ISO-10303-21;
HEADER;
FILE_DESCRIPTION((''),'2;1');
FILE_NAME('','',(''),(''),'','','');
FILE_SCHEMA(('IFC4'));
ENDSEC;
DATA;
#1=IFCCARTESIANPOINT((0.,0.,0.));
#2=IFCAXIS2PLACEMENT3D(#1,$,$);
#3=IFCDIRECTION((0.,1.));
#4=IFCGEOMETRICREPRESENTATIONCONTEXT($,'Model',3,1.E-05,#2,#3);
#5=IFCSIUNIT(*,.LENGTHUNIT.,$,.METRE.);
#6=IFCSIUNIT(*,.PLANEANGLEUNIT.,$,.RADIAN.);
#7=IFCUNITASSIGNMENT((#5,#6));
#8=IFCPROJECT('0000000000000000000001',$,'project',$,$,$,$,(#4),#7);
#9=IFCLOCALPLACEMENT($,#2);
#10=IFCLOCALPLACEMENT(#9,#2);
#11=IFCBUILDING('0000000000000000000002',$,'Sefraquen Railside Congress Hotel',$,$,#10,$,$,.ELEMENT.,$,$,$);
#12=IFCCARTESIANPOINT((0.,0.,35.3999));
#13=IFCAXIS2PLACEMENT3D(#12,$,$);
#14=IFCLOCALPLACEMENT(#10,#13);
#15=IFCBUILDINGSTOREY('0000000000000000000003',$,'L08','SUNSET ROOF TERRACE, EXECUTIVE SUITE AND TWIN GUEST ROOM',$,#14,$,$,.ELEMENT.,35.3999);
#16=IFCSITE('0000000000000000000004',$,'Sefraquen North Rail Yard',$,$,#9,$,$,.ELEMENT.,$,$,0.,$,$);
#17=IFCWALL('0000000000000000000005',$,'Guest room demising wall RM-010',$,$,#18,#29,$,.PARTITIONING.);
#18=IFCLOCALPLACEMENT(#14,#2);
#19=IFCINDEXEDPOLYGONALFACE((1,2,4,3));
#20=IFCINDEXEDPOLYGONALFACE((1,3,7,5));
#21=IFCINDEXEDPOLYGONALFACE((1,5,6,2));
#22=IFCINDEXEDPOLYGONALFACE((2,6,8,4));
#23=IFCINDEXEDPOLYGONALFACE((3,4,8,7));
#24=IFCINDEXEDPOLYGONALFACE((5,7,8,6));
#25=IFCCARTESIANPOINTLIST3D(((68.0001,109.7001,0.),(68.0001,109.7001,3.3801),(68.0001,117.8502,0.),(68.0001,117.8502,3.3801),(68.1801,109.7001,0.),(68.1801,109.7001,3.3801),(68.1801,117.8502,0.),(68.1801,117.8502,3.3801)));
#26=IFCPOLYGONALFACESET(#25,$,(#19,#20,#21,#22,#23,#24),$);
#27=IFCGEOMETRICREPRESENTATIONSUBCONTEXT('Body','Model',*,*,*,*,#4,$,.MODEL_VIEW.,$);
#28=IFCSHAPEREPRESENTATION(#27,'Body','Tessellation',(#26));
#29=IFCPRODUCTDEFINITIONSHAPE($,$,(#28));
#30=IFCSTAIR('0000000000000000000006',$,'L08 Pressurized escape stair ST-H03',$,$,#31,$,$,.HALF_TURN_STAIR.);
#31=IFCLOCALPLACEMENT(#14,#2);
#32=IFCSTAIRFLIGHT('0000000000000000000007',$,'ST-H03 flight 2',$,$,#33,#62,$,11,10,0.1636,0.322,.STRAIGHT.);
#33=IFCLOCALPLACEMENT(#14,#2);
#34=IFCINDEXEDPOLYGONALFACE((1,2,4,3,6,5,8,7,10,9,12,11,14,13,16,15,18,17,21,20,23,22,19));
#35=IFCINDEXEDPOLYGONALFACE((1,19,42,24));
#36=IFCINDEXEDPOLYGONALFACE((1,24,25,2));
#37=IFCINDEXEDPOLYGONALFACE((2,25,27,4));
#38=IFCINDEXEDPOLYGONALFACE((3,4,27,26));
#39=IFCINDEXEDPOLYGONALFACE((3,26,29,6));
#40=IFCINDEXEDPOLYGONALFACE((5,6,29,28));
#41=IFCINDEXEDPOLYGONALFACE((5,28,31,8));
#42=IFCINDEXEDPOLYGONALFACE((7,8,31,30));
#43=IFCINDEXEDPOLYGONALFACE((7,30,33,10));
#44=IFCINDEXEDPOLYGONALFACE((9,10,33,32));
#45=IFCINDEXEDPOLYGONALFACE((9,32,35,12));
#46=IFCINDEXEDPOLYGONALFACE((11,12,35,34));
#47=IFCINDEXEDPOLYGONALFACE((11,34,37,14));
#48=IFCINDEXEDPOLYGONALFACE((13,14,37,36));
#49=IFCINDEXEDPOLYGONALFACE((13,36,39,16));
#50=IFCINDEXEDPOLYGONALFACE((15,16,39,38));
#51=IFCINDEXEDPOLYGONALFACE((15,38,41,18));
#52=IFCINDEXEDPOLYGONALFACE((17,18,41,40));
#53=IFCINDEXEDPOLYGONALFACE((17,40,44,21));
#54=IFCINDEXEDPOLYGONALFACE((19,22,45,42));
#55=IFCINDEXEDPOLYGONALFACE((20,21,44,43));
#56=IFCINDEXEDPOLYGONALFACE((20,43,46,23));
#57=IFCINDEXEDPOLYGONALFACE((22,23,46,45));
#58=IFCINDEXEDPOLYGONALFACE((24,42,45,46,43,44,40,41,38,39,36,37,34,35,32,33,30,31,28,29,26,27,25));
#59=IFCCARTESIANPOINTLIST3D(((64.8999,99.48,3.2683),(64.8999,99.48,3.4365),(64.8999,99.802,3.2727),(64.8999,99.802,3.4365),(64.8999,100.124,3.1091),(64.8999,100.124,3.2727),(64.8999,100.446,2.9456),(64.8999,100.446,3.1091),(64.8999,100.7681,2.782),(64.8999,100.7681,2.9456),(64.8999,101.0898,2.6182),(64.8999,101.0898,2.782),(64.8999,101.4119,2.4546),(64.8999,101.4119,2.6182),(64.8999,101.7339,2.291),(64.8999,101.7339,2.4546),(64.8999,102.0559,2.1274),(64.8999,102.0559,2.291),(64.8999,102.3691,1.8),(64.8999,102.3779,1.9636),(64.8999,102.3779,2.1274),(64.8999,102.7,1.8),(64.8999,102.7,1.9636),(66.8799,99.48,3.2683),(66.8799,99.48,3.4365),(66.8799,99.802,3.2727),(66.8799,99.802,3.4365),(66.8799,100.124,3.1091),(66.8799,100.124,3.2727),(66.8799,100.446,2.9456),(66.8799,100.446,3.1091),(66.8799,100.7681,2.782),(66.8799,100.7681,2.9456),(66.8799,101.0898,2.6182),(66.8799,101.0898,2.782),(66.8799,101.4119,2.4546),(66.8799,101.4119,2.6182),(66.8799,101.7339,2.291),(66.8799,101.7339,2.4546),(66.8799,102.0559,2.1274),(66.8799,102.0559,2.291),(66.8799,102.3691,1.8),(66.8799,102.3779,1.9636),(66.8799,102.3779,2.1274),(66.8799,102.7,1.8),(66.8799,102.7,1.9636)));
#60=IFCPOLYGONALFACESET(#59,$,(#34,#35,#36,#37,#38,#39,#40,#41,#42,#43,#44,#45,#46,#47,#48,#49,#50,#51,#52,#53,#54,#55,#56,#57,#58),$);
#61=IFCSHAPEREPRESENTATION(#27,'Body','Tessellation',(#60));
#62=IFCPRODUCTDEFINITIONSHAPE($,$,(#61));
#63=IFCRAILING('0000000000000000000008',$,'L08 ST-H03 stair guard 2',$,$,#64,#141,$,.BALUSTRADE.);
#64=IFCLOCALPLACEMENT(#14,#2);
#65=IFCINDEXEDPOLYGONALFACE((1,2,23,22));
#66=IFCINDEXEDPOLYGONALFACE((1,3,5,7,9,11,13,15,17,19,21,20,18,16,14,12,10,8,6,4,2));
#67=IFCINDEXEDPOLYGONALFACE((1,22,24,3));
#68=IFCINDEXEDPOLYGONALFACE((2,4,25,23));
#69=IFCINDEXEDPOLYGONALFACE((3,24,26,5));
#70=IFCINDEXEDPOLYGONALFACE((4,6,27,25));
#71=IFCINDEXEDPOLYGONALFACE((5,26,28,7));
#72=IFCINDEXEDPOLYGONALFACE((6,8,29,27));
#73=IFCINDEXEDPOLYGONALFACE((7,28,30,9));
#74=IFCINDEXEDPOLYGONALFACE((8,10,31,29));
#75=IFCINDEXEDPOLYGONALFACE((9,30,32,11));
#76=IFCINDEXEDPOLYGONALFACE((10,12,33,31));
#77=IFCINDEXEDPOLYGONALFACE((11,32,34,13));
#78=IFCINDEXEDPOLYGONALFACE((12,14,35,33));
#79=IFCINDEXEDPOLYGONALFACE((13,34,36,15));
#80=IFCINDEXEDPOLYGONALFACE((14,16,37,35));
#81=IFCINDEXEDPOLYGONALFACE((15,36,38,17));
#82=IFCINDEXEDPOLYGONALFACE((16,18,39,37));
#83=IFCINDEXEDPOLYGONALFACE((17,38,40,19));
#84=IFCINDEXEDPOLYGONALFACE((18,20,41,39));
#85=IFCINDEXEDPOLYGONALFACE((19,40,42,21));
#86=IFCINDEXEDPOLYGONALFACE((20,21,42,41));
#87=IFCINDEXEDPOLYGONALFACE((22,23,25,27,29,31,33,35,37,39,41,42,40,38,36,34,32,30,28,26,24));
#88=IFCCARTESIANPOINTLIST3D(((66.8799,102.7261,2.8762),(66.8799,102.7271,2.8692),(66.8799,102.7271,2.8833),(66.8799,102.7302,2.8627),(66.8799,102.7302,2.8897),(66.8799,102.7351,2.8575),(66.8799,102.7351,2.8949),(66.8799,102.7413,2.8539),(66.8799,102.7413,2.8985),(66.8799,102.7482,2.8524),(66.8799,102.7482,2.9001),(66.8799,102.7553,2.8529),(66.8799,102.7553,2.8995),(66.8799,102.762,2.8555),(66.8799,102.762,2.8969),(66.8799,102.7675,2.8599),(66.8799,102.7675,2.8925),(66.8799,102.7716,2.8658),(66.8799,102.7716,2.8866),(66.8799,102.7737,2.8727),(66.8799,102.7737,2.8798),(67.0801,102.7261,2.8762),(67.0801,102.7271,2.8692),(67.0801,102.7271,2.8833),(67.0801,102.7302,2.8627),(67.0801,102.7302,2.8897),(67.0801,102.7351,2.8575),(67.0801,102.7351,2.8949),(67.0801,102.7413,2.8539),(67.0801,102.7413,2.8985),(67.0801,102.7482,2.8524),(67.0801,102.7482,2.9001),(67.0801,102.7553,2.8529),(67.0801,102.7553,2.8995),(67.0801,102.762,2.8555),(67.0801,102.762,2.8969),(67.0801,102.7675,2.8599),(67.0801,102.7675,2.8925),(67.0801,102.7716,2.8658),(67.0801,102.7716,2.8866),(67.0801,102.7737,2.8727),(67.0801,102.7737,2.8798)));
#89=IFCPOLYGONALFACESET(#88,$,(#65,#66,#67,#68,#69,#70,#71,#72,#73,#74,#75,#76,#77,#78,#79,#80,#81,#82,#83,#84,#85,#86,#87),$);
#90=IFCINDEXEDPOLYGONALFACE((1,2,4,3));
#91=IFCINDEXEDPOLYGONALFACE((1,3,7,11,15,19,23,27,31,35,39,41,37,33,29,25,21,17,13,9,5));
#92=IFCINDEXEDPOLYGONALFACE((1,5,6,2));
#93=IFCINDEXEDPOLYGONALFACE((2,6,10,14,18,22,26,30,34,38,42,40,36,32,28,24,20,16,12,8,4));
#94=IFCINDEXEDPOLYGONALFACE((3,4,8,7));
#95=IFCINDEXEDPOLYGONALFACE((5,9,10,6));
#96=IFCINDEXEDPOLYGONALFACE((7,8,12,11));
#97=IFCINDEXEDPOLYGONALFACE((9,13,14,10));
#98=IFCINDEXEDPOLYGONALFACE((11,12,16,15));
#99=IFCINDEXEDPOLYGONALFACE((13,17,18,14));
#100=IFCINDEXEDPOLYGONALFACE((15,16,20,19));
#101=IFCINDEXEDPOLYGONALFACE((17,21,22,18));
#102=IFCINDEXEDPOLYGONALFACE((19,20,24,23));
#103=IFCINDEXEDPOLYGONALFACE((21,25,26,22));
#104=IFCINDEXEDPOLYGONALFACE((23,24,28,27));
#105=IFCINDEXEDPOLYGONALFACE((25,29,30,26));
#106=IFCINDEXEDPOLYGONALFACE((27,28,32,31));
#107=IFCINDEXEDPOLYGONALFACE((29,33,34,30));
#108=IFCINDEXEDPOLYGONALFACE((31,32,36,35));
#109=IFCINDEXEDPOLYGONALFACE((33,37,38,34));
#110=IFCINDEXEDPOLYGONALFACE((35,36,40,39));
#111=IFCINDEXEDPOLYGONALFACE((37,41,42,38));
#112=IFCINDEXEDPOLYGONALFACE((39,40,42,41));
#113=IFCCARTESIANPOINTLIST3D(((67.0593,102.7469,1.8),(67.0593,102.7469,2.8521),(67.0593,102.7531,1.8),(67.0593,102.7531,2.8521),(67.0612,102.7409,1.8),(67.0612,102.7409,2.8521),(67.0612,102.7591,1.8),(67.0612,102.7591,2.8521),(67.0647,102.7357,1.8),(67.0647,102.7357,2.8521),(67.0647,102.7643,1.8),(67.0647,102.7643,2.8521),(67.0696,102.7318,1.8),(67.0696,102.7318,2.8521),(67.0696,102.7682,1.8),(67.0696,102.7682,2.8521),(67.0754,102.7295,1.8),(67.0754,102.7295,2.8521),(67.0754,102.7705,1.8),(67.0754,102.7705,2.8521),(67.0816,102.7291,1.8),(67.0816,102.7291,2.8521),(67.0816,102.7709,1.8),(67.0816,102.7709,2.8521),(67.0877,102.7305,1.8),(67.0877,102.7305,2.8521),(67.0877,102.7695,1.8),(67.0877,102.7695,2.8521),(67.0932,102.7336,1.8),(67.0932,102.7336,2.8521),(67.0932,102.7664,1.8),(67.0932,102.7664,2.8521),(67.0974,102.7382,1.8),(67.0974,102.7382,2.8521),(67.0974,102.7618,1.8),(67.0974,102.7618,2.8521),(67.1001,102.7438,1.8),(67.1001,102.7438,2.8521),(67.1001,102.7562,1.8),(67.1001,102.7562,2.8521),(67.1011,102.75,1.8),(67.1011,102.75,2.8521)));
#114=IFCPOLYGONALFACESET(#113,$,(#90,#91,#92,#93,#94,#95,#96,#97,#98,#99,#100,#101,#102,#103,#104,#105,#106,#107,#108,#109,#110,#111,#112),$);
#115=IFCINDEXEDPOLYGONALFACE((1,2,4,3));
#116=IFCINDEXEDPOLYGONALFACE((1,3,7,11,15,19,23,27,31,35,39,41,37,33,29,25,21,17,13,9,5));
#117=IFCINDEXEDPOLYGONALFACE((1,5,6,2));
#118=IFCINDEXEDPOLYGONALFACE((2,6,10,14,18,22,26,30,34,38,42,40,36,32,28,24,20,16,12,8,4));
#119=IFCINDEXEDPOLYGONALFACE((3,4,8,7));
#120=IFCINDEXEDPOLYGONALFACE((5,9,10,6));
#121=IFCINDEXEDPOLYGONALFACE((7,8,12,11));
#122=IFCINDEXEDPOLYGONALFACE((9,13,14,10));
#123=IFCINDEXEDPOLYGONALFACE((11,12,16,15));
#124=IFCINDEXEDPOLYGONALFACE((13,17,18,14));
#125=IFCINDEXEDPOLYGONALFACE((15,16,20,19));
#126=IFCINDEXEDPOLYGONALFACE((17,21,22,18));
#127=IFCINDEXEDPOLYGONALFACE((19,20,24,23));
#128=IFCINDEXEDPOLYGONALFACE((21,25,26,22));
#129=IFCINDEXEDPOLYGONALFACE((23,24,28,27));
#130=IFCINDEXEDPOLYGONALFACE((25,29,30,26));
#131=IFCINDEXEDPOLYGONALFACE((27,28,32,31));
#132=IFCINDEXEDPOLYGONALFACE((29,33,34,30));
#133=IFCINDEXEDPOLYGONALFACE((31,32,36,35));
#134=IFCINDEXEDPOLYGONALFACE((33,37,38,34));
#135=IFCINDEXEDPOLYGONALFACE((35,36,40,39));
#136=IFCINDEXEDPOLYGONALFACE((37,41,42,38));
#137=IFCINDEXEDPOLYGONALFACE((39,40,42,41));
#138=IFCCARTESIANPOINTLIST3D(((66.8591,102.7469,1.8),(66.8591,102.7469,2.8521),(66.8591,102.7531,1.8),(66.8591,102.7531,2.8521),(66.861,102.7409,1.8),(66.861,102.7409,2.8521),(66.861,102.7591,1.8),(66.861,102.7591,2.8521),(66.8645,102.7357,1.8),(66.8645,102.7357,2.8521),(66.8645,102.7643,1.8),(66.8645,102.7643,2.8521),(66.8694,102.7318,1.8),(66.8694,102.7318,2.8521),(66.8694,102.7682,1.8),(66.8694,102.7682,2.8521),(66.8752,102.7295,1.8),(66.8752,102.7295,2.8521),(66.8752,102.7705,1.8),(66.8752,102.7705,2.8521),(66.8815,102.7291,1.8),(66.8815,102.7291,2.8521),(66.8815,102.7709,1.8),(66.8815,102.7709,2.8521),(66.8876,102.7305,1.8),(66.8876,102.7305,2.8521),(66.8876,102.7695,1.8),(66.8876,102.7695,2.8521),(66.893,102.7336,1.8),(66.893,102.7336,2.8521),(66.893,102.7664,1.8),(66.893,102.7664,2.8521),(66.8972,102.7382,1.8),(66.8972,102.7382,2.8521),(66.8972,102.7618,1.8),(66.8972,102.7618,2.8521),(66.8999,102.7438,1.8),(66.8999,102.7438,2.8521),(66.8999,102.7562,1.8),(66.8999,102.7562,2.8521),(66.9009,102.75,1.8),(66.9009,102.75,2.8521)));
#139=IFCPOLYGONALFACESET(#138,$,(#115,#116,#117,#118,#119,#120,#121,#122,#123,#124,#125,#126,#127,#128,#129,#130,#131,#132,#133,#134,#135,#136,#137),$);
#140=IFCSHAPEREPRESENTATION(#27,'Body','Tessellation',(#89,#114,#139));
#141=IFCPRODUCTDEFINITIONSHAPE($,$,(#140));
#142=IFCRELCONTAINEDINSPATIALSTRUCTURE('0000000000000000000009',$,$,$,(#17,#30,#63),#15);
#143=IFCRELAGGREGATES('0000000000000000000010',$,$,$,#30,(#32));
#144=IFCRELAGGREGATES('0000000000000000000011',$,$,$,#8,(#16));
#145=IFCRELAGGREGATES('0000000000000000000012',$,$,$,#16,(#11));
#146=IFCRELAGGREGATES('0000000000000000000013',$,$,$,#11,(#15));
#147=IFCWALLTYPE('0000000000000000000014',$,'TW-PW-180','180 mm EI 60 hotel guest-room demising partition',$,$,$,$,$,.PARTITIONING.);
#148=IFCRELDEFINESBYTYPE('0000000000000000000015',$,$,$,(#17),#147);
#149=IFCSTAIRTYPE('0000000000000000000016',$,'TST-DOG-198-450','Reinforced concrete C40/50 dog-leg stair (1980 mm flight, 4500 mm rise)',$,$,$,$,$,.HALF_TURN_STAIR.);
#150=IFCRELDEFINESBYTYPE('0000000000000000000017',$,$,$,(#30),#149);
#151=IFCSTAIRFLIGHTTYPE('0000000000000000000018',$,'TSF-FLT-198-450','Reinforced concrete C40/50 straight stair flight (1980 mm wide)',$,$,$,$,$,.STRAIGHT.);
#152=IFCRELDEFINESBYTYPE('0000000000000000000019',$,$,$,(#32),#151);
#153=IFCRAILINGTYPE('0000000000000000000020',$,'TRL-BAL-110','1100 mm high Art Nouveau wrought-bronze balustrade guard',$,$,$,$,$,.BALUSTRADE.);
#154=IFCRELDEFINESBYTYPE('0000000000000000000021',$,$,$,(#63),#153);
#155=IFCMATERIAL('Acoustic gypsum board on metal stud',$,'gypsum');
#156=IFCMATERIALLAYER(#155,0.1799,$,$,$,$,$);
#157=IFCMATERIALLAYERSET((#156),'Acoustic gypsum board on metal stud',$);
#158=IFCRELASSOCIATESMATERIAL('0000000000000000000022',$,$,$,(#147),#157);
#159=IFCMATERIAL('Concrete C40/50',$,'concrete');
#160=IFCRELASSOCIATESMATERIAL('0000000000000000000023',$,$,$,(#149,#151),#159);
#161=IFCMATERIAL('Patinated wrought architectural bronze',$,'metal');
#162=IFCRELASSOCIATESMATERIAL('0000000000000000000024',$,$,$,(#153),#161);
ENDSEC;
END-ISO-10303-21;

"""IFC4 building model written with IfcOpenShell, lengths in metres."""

from ifc_helpers import new_model, si_unit, direction, frame, frame_2d, origin, origin_2d, place, context, subcontext, project, spatial, polyline, rectangle, circle, outline, extrude, material, layer, layer_set, type_object, element, aggregate, save


model = new_model("IFC4")

# Units and contexts
model_context = context("Model", 3, precision=1e-05, world=origin(), true_north=direction((0.0, 1.0)))
body_context = subcontext(model_context, "Body", "Model", "MODEL_VIEW")
ifc_project = project(units=[si_unit("LENGTHUNIT", "METRE"), si_unit("PLANEANGLEUNIT", "RADIAN")], contexts=[model_context])

# Site, building, storey
site_placement = place(None, origin())
site = spatial("IfcSite", under=ifc_project, at=site_placement, Name="Sefraquen North Rail Yard", CompositionType="ELEMENT", RefElevation=0.0)
building_placement = place(site_placement, origin())
building = spatial("IfcBuilding", under=site, at=building_placement, Name="Sefraquen Railside Congress Hotel", CompositionType="ELEMENT")
storey_placement = place(building_placement, frame((0.0, 0.0, 35.3999)))
storey = spatial("IfcBuildingStorey", under=building, at=storey_placement, Name="L08", Description="SUNSET ROOF TERRACE, EXECUTIVE SUITE AND TWIN GUEST ROOM", CompositionType="ELEMENT", Elevation=35.3999)

# Wall
ifc_material_1 = material(Name="Acoustic gypsum board on metal stud", Category="gypsum")
ifc_layer_1 = layer(ifc_material_1, 0.1799)
ifc_layer_set_1 = layer_set([ifc_layer_1], Name="Acoustic gypsum board on metal stud")
wall_type_1 = type_object("IfcWallType", Name="TW-PW-180", Description="180 mm EI 60 hotel guest-room demising partition", PredefinedType="PARTITIONING", material=ifc_layer_set_1)
for number, where, z_axis, x_axis, name in (
    (1, (68.0901, 109.7, 0.0), (0.0, 0.0, 1.0), (0.0, 1.0, 0.0), "Guest room demising wall RM-010"),
):
    element("IfcWall", number, at=place(storey_placement, frame(where, z_axis=z_axis, x_axis=x_axis)), inside=storey, type_object=wall_type_1, Name=name, PredefinedType="PARTITIONING", context=body_context, shape_type="SweptSolid", body=[
        extrude(rectangle(XDim=8.1501, YDim=0.1799, at=frame_2d((4.0752, 0.0))), origin(), (0.0, 0.0, 1.0), 3.3801),
    ])

# Stair, stair flight
ifc_material_2 = material(Name="Concrete C40/50", Category="concrete")
stair_type = type_object("IfcStairType", Name="TST-DOG-198-450", Description="Reinforced concrete C40/50 dog-leg stair (1980 mm flight, 4500 mm rise)", PredefinedType="HALF_TURN_STAIR", material=ifc_material_2)
stair_placement = place(storey_placement, origin())
stair = element("IfcStair", 2, at=stair_placement, inside=storey, type_object=stair_type, Name="L08 Pressurized escape stair ST-H03", PredefinedType="HALF_TURN_STAIR")
stair_flight_type = type_object("IfcStairFlightType", Name="TSF-FLT-198-450", Description="Reinforced concrete C40/50 straight stair flight (1980 mm wide)", PredefinedType="STRAIGHT", material=ifc_material_2)
stair_flight_placement = place(storey_placement, frame((65.8899, 102.7, 1.8), z_axis=(0.0, 0.0, 1.0), x_axis=(0.0, -1.0, 0.0)))
stair_flight = element("IfcStairFlight", 3, at=stair_flight_placement, type_object=stair_flight_type, Name="ST-H03 flight 2", NumberOfRisers=11, NumberOfTreads=10, PredefinedType="STRAIGHT", RiserHeight=0.1636, TreadLength=0.322, context=body_context, shape_type="SweptSolid", body=[
    extrude(outline(polyline([(0.0, 0.0), (0.0, 0.1636), (0.322, 0.1636), (0.322, 0.3274), (0.644, 0.3274), (0.644, 0.491), (0.9661, 0.491), (0.9661, 0.6545), (1.2881, 0.6545), (1.2881, 0.8181), (1.6101, 0.8181), (1.6101, 0.9819), (1.9319, 0.9819), (1.9319, 1.1455), (2.2539, 1.1455), (2.2539, 1.3091), (2.5759, 1.3091), (2.5759, 1.4727), (2.8979, 1.4727), (2.8979, 1.6365), (3.22, 1.6365), (3.22, 1.8), (3.22, 1.4683), (0.3308, 0.0), (0.0, 0.0)])), frame((0.0, 0.99, 0.0), z_axis=(0.0, -1.0, 0.0), x_axis=(1.0, 0.0, 0.0)), (0.0, 0.0, 1.0), 1.98),
])
aggregate(stair, [stair_flight])

# Railing
ifc_material_3 = material(Name="Patinated wrought architectural bronze", Category="metal")
railing_type_1 = type_object("IfcRailingType", Name="TRL-BAL-110", Description="1100 mm high Art Nouveau wrought-bronze balustrade guard", PredefinedType="BALUSTRADE", material=ifc_material_3)
railing_1_placement = place(storey_placement, frame((67.0801, 102.75, 1.8)))
element("IfcRailing", 4, at=railing_1_placement, inside=storey, type_object=railing_type_1, Name="L08 ST-H03 stair guard 2", PredefinedType="BALUSTRADE", context=body_context, shape_type="SweptSolid", body=[
    extrude(circle(Radius=0.0239, at=origin_2d()), frame((0.0, 0.0, 1.0762), z_axis=(-1.0, 0.0, 0.0), x_axis=(0.0, -1.0, 0.0)), (0.0, 0.0, 1.0), 0.2002),
    extrude(circle(Radius=0.021, at=origin_2d()), origin(), (0.0, 0.0, 1.0), 1.052),
    extrude(circle(Radius=0.021, at=origin_2d()), frame((-0.2002, 0.0, 0.0)), (0.0, 0.0, 1.0), 1.052),
])

save(model, "model.ifc")
